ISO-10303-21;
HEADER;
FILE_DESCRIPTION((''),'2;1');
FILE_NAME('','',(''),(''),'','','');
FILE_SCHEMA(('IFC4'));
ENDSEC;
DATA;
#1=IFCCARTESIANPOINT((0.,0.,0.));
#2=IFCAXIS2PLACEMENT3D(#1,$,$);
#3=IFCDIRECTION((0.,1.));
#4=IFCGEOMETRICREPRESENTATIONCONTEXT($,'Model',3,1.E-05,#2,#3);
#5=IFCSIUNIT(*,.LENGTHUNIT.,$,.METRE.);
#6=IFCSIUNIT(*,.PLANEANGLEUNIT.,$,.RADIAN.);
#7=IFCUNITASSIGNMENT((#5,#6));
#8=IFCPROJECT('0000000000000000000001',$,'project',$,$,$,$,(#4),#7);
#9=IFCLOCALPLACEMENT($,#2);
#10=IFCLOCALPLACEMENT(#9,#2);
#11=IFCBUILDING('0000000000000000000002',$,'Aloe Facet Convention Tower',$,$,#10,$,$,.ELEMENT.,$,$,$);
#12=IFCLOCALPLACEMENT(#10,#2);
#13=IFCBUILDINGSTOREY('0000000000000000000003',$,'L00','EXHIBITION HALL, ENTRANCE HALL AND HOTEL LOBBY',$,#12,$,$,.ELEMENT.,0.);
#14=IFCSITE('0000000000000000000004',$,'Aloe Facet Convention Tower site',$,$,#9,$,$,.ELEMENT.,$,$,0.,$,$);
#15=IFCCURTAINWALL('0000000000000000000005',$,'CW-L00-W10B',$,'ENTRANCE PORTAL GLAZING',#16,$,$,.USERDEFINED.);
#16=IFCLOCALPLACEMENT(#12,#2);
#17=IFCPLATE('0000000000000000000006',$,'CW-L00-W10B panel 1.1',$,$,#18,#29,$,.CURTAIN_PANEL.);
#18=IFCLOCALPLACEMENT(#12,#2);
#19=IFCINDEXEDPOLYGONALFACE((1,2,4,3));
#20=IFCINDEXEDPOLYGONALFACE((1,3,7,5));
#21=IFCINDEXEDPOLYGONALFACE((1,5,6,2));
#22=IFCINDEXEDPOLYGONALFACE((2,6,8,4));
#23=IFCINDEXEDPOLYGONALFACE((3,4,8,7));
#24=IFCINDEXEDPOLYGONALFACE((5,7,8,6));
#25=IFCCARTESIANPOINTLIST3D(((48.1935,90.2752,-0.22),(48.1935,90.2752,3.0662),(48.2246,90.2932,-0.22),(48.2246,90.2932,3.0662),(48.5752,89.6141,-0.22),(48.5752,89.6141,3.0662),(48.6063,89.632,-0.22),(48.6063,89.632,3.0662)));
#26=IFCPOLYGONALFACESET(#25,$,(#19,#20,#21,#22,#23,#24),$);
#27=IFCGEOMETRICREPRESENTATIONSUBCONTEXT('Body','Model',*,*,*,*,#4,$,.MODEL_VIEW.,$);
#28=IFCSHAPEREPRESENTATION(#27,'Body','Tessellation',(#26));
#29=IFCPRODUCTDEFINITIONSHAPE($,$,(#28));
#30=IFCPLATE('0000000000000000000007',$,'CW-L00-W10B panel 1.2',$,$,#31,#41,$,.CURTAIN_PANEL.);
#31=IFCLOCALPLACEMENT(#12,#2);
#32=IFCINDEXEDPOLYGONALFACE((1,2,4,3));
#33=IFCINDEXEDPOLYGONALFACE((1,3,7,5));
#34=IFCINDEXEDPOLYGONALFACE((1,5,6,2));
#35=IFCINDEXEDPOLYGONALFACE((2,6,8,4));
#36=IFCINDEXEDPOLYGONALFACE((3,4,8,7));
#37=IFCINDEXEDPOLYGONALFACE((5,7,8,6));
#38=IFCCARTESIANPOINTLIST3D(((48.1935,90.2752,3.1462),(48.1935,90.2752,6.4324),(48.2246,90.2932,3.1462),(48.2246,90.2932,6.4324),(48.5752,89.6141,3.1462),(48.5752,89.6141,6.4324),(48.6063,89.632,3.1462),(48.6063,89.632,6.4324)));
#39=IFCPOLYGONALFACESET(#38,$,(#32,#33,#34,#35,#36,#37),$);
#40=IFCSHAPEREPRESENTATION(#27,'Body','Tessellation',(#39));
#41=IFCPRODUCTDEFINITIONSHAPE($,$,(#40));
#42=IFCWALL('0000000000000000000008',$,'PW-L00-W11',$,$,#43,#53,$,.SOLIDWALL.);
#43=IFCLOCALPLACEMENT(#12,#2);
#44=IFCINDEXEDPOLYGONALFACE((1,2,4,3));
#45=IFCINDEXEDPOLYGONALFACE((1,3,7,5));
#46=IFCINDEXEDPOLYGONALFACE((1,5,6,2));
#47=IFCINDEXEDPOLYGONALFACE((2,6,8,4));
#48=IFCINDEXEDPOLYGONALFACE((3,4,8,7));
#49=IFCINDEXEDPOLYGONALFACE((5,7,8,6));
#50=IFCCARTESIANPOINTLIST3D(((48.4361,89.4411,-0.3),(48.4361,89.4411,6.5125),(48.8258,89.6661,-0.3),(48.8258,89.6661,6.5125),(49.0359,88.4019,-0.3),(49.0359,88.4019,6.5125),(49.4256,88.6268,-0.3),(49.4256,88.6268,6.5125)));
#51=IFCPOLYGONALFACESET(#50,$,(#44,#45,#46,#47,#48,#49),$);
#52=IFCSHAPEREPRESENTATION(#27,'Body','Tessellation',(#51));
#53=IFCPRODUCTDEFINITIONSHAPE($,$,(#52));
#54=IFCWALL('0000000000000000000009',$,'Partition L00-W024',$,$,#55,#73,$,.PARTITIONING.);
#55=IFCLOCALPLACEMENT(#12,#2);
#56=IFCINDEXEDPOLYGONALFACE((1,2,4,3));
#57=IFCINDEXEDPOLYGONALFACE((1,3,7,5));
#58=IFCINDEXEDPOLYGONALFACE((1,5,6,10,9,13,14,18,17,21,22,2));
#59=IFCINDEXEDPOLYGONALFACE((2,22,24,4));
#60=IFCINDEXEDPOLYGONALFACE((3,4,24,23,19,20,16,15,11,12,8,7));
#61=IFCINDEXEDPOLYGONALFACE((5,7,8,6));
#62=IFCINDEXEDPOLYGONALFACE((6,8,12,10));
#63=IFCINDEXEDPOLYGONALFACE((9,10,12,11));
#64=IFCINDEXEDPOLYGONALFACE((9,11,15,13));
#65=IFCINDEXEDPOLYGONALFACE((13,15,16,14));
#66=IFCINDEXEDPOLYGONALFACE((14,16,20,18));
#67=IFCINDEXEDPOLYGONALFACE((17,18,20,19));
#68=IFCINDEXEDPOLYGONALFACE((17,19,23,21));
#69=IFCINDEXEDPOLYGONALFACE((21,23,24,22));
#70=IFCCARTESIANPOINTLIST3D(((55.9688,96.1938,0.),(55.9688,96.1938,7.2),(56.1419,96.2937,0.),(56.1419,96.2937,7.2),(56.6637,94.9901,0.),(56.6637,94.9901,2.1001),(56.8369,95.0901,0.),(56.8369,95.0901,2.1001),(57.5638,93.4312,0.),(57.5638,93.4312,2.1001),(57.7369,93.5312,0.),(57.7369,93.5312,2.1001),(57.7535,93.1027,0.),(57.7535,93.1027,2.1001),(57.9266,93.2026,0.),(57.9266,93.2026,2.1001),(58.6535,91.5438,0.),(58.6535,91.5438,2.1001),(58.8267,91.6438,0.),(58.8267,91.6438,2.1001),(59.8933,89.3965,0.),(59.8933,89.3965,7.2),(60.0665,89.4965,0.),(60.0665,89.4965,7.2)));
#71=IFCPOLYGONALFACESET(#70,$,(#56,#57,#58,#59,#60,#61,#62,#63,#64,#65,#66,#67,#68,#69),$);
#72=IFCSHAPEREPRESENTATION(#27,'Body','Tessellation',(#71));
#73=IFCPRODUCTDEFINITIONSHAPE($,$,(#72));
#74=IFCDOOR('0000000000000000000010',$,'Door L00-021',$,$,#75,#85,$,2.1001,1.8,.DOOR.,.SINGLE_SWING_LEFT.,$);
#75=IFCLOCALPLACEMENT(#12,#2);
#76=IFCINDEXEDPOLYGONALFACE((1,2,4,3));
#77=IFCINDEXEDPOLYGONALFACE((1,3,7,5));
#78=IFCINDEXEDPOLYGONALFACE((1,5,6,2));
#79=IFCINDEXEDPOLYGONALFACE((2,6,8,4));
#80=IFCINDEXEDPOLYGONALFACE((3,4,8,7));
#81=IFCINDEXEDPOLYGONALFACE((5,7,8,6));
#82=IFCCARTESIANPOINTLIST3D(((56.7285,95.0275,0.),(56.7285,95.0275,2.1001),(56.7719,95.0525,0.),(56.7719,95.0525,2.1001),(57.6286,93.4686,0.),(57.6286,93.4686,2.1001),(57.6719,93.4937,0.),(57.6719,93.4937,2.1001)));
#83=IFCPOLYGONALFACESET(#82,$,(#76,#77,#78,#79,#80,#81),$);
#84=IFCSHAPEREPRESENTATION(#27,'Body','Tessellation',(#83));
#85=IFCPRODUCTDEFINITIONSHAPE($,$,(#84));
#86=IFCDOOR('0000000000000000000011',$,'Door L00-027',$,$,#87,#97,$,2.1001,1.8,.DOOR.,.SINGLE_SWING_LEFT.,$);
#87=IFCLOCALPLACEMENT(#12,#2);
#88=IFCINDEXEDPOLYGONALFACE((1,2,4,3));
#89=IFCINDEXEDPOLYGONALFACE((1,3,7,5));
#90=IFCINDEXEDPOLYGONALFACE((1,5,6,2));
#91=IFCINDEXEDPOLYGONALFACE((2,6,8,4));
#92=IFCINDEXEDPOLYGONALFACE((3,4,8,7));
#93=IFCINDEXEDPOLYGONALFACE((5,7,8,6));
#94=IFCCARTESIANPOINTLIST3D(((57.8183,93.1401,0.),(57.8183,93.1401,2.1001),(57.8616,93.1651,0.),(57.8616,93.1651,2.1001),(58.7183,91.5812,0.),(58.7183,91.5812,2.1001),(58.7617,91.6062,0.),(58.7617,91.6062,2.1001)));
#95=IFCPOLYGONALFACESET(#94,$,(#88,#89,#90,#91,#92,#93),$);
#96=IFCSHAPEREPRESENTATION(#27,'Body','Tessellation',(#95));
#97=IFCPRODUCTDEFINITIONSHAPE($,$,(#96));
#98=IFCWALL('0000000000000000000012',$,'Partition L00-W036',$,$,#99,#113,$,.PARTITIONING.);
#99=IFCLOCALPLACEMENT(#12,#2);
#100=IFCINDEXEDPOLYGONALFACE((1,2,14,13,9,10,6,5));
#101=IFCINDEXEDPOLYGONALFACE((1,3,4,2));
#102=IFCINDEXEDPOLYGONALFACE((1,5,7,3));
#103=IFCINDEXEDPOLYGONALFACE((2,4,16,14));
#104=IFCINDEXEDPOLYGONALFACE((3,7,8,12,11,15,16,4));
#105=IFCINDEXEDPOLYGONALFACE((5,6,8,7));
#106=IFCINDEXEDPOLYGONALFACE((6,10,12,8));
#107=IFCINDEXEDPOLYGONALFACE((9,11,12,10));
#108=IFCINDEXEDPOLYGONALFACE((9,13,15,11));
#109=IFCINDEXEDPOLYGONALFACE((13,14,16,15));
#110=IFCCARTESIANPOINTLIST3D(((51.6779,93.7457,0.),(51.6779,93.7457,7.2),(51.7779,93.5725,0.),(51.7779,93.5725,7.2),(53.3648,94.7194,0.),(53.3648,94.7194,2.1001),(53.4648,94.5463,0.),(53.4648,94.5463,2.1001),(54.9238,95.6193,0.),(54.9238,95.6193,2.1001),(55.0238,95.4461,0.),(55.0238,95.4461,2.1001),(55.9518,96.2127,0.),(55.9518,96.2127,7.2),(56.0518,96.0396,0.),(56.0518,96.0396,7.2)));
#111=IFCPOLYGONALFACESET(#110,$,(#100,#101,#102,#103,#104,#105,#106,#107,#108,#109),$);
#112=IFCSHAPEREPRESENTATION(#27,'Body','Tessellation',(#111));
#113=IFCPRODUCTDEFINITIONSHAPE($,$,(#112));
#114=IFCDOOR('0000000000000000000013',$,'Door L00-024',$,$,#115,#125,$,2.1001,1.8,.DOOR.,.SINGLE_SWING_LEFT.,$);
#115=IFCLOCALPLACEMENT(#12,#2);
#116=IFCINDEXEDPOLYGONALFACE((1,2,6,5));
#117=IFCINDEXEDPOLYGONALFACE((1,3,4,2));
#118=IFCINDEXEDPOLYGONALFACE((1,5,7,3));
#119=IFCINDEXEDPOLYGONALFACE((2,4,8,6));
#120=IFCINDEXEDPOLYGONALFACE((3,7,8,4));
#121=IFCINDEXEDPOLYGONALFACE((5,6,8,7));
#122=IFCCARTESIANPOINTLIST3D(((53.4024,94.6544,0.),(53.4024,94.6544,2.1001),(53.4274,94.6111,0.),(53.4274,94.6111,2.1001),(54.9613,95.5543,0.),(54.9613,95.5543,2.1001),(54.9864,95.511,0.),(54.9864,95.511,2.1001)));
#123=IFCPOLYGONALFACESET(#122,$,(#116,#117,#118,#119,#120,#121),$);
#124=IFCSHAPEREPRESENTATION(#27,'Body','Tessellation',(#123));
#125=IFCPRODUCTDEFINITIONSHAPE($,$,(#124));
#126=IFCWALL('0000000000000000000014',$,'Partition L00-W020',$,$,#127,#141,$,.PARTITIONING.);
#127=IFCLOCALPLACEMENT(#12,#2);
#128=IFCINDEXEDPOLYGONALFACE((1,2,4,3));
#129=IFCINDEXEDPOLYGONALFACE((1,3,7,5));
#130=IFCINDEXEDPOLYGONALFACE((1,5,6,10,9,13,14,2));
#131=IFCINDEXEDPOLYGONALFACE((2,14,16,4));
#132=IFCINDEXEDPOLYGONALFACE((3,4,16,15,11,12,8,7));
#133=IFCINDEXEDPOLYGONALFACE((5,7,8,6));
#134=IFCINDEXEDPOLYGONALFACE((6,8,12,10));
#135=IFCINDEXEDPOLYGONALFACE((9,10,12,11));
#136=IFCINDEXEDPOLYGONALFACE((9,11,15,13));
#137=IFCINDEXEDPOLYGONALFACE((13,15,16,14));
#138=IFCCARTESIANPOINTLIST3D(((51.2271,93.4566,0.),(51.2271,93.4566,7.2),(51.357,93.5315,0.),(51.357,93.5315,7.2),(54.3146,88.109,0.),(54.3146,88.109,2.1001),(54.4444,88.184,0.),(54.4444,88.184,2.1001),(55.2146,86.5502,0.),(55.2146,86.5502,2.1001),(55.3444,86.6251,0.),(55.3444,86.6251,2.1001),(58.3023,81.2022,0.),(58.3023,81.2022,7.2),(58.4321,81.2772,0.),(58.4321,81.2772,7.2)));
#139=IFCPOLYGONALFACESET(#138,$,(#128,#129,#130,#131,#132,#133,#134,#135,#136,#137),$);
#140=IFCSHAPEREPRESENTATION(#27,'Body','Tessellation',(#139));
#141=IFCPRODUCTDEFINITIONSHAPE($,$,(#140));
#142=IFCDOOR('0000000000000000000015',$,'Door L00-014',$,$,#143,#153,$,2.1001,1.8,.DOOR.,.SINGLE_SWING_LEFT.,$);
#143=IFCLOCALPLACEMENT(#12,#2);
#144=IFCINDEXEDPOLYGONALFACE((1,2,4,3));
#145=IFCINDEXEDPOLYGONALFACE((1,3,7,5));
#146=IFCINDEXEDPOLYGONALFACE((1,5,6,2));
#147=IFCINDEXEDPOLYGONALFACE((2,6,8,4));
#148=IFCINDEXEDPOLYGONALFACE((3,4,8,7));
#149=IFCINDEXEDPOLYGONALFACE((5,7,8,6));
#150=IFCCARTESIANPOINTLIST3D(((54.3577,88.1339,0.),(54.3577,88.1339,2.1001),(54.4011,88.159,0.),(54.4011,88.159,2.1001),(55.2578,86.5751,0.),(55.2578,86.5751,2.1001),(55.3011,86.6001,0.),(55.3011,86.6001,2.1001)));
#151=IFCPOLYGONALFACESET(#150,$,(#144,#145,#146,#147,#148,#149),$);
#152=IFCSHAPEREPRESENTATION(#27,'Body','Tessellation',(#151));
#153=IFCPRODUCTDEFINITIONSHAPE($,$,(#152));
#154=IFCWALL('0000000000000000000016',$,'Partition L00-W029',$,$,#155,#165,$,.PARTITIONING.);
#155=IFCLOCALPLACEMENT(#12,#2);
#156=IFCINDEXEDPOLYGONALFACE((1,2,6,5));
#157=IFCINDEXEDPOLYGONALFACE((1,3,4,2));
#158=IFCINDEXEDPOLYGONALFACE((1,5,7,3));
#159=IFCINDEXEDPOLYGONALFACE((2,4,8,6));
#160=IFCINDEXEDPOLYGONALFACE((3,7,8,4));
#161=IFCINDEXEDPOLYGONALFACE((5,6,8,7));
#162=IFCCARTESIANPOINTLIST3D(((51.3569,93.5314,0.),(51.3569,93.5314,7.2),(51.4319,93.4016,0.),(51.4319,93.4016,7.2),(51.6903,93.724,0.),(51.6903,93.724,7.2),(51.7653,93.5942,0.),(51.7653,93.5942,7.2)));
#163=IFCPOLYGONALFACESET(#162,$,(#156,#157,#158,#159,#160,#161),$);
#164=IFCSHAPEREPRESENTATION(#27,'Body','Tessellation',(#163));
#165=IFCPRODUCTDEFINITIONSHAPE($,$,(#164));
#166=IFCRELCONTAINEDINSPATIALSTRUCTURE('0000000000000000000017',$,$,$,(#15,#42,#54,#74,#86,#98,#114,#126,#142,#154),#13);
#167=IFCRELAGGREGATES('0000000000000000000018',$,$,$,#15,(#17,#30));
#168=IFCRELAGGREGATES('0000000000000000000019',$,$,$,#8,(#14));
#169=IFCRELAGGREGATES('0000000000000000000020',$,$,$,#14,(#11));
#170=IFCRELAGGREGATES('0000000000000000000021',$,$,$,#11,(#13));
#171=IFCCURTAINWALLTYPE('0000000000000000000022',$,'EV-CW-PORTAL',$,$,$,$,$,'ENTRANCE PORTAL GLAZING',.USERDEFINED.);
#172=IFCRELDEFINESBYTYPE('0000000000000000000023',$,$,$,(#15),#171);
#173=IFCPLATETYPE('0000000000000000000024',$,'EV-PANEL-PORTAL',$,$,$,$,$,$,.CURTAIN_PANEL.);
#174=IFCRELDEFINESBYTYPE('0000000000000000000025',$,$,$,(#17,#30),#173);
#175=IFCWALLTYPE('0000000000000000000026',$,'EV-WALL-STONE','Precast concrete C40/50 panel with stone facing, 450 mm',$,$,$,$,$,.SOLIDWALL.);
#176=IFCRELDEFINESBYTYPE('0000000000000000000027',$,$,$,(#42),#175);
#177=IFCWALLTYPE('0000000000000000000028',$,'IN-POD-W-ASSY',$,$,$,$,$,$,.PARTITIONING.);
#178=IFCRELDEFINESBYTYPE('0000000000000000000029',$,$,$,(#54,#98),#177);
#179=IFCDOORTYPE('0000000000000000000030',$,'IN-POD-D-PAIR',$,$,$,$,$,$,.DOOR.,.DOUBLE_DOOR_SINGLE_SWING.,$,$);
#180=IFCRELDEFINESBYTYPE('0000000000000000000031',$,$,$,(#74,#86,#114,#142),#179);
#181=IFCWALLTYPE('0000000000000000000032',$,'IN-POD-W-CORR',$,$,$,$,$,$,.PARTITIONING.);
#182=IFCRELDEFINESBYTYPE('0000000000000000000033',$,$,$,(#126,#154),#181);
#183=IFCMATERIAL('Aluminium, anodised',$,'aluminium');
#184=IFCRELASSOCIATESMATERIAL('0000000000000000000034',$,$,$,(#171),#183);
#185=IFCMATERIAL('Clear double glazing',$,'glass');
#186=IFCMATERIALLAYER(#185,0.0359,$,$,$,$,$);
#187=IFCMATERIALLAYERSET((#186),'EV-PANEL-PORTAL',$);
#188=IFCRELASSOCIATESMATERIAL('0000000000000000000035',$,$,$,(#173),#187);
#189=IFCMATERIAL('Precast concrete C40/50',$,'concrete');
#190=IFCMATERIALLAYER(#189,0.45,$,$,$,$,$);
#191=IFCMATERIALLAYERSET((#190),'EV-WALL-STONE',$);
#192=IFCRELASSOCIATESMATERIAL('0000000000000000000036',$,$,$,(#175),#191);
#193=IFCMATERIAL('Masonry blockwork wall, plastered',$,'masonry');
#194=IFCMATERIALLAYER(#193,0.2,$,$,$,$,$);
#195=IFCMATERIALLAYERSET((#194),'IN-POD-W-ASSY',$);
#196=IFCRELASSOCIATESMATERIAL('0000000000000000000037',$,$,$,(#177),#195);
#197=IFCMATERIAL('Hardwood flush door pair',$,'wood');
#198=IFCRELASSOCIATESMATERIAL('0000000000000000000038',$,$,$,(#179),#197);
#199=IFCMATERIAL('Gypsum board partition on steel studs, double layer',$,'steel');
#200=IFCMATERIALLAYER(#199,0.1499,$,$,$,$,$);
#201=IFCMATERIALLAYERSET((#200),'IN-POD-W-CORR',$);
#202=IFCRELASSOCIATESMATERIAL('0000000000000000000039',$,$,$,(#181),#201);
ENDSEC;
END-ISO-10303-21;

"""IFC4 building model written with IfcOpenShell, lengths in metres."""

from ifc_helpers import new_model, si_unit, direction, frame, frame_2d, origin, origin_2d, place, context, subcontext, project, spatial, rectangle, extrude, material, layer, layer_set, type_object, element, fill, aggregate, save


model = new_model("IFC4")

# Units and contexts
model_context = context("Model", 3, precision=1e-05, world=origin(), true_north=direction((0.0, 1.0)))
body_context = subcontext(model_context, "Body", "Model", "MODEL_VIEW")
ifc_project = project(units=[si_unit("LENGTHUNIT", "METRE"), si_unit("PLANEANGLEUNIT", "RADIAN")], contexts=[model_context])

# Site, building, storey
site_placement = place(None, origin())
site = spatial("IfcSite", under=ifc_project, at=site_placement, Name="Aloe Facet Convention Tower site", CompositionType="ELEMENT", RefElevation=0.0)
building_placement = place(site_placement, origin())
building = spatial("IfcBuilding", under=site, at=building_placement, Name="Aloe Facet Convention Tower", CompositionType="ELEMENT")
storey_placement = place(building_placement, origin())
storey = spatial("IfcBuildingStorey", under=building, at=storey_placement, Name="L00", Description="EXHIBITION HALL, ENTRANCE HALL AND HOTEL LOBBY", CompositionType="ELEMENT", Elevation=0.0)

# Curtain wall
ifc_material_1 = material(Name="Aluminium, anodised", Category="aluminium")
curtain_wall_type = type_object("IfcCurtainWallType", Name="EV-CW-PORTAL", ElementType="ENTRANCE PORTAL GLAZING", PredefinedType="USERDEFINED", material=ifc_material_1)
curtain_wall_1_placement = place(storey_placement, origin())
curtain_wall_1 = element("IfcCurtainWall", 1, at=curtain_wall_1_placement, inside=storey, type_object=curtain_wall_type, Name="CW-L00-W10B", ObjectType="ENTRANCE PORTAL GLAZING", PredefinedType="USERDEFINED")

# Plates
ifc_material_2 = material(Name="Clear double glazing", Category="glass")
ifc_layer_1 = layer(ifc_material_2, 0.0359)
ifc_layer_set_1 = layer_set([ifc_layer_1], Name="EV-PANEL-PORTAL")
plate_type = type_object("IfcPlateType", Name="EV-PANEL-PORTAL", PredefinedType="CURTAIN_PANEL", material=ifc_layer_set_1)
plate_1_placement = place(storey_placement, frame((48.3999, 89.9536, -0.22), z_axis=(0.0, 0.0, 1.0), x_axis=(0.5, -0.866025, 0.0)))
plate_1 = element("IfcPlate", 2, at=plate_1_placement, type_object=plate_type, Name="CW-L00-W10B panel 1.1", PredefinedType="CURTAIN_PANEL", context=body_context, shape_type="SweptSolid", body=[
    extrude(rectangle(XDim=0.7634, YDim=0.0359, at=origin_2d()), origin(), (0.0, 0.0, 1.0), 3.2861),
])
plate_2_placement = place(storey_placement, frame((48.3999, 89.9536, 3.1462), z_axis=(0.0, 0.0, 1.0), x_axis=(0.5, -0.866025, 0.0)))
plate_2 = element("IfcPlate", 3, at=plate_2_placement, type_object=plate_type, Name="CW-L00-W10B panel 1.2", PredefinedType="CURTAIN_PANEL", context=body_context, shape_type="SweptSolid", body=[
    extrude(rectangle(XDim=0.7634, YDim=0.0359, at=origin_2d()), origin(), (0.0, 0.0, 1.0), 3.2861),
])
aggregate(curtain_wall_1, [plate_1, plate_2])

# Wall
ifc_material_3 = material(Name="Precast concrete C40/50", Category="concrete")
ifc_layer_2 = layer(ifc_material_3, 0.45)
ifc_layer_set_2 = layer_set([ifc_layer_2], Name="EV-WALL-STONE")
wall_type_1 = type_object("IfcWallType", Name="EV-WALL-STONE", Description="Precast concrete C40/50 panel with stone facing, 450 mm", PredefinedType="SOLIDWALL", material=ifc_layer_set_2)
wall_1_placement = place(storey_placement, frame((48.6309, 89.5537, -0.3), z_axis=(0.0, 0.0, 1.0), x_axis=(0.499881, -0.866094, 0.0)))
element("IfcWall", 4, at=wall_1_placement, inside=storey, type_object=wall_type_1, Name="PW-L00-W11", PredefinedType="SOLIDWALL", context=body_context, shape_type="SweptSolid", body=[
    extrude(rectangle(XDim=1.2, YDim=0.45, at=frame_2d((0.6001, 0.0))), origin(), (0.0, 0.0, 1.0), 6.8125),
])

# Wall, openings, doors
ifc_material_4 = material(Name="Masonry blockwork wall, plastered", Category="masonry")
ifc_layer_3 = layer(ifc_material_4, 0.2)
ifc_layer_set_3 = layer_set([ifc_layer_3], Name="IN-POD-W-ASSY")
wall_type_2 = type_object("IfcWallType", Name="IN-POD-W-ASSY", PredefinedType="PARTITIONING", material=ifc_layer_set_3)
wall_2_placement = place(storey_placement, frame((56.0554, 96.2437, 0.0), z_axis=(0.0, 0.0, 1.0), x_axis=(0.50001, -0.86602, 0.0)))
wall_2 = element("IfcWall", 5, at=wall_2_placement, inside=storey, type_object=wall_type_2, Name="Partition L00-W024", PredefinedType="PARTITIONING", context=body_context, shape_type="SweptSolid", body=[
    extrude(rectangle(XDim=7.8489, YDim=0.2, at=frame_2d((3.9243, 0.0))), origin(), (0.0, 0.0, 1.0), 7.2),
])
opening_1_placement = place(wall_2_placement, frame((1.3899, 0.0, 0.0)))
opening_1 = element("IfcOpeningElement", 6, at=opening_1_placement, cuts=wall_2, PredefinedType="OPENING", context=body_context, shape_type="SweptSolid", body=[
    extrude(rectangle(XDim=1.8, YDim=2.1001, at=frame_2d((0.8999, 1.05))), frame((0.0, 0.1099, 0.0), z_axis=(0.0, -1.0, 0.0), x_axis=(1.0, 0.0, 0.0)), (0.0, 0.0, 1.0), 0.22),
])
opening_2_placement = place(wall_2_placement, frame((3.5693, 0.0, 0.0)))
opening_2 = element("IfcOpeningElement", 7, at=opening_2_placement, cuts=wall_2, PredefinedType="OPENING", context=body_context, shape_type="SweptSolid", body=[
    extrude(rectangle(XDim=1.8, YDim=2.1001, at=frame_2d((0.8999, 1.05))), frame((0.0, 0.1099, 0.0), z_axis=(0.0, -1.0, 0.0), x_axis=(1.0, 0.0, 0.0)), (0.0, 0.0, 1.0), 0.22),
])
ifc_material_5 = material(Name="Hardwood flush door pair", Category="wood")
door_type = type_object("IfcDoorType", Name="IN-POD-D-PAIR", OperationType="DOUBLE_DOOR_SINGLE_SWING", PredefinedType="DOOR", material=ifc_material_5)
door_1_placement = place(opening_1_placement, origin())
door_1 = element("IfcDoor", 8, at=door_1_placement, inside=storey, type_object=door_type, Name="Door L00-021", OperationType="SINGLE_SWING_LEFT", OverallHeight=2.1001, OverallWidth=1.8, PredefinedType="DOOR", context=body_context, shape_type="SweptSolid", body=[
    extrude(rectangle(XDim=1.8, YDim=2.1001, at=frame_2d((0.8999, 1.05))), frame((0.0, 0.0249, 0.0), z_axis=(0.0, -1.0, 0.0), x_axis=(1.0, 0.0, 0.0)), (0.0, 0.0, 1.0), 0.05),
])
fill(opening_1, door_1)
door_2_placement = place(opening_2_placement, origin())
door_2 = element("IfcDoor", 9, at=door_2_placement, inside=storey, type_object=door_type, Name="Door L00-027", OperationType="SINGLE_SWING_LEFT", OverallHeight=2.1001, OverallWidth=1.8, PredefinedType="DOOR", context=body_context, shape_type="SweptSolid", body=[
    extrude(rectangle(XDim=1.8, YDim=2.1001, at=frame_2d((0.8999, 1.05))), frame((0.0, 0.0249, 0.0), z_axis=(0.0, -1.0, 0.0), x_axis=(1.0, 0.0, 0.0)), (0.0, 0.0, 1.0), 0.05),
])
fill(opening_2, door_2)

# Walls, openings, doors
wall_3_placement = place(storey_placement, frame((51.728, 93.6592, 0.0), z_axis=(0.0, 0.0, 1.0), x_axis=(0.86607, 0.499922, 0.0)))
wall_3 = element("IfcWall", 10, at=wall_3_placement, inside=storey, type_object=wall_type_2, Name="Partition L00-W036", PredefinedType="PARTITIONING", context=body_context, shape_type="SweptSolid", body=[
    extrude(rectangle(XDim=4.9348, YDim=0.2, at=frame_2d((2.4673, 0.0))), origin(), (0.0, 0.0, 1.0), 7.2),
])
opening_3_placement = place(wall_3_placement, frame((1.9478, 0.0, 0.0)))
opening_3 = element("IfcOpeningElement", 11, at=opening_3_placement, cuts=wall_3, PredefinedType="OPENING", context=body_context, shape_type="SweptSolid", body=[
    extrude(rectangle(XDim=1.8, YDim=2.1001, at=frame_2d((0.8999, 1.05))), frame((0.0, 0.1099, 0.0), z_axis=(0.0, -1.0, 0.0), x_axis=(1.0, 0.0, 0.0)), (0.0, 0.0, 1.0), 0.22),
])
door_3_placement = place(opening_3_placement, origin())
door_3 = element("IfcDoor", 12, at=door_3_placement, inside=storey, type_object=door_type, Name="Door L00-024", OperationType="SINGLE_SWING_LEFT", OverallHeight=2.1001, OverallWidth=1.8, PredefinedType="DOOR", context=body_context, shape_type="SweptSolid", body=[
    extrude(rectangle(XDim=1.8, YDim=2.1001, at=frame_2d((0.8999, 1.05))), frame((0.0, 0.0249, 0.0), z_axis=(0.0, -1.0, 0.0), x_axis=(1.0, 0.0, 0.0)), (0.0, 0.0, 1.0), 0.05),
])
fill(opening_3, door_3)
ifc_material_6 = material(Name="Gypsum board partition on steel studs, double layer", Category="steel")
ifc_layer_4 = layer(ifc_material_6, 0.1499)
ifc_layer_set_4 = layer_set([ifc_layer_4], Name="IN-POD-W-CORR")
wall_type_3 = type_object("IfcWallType", Name="IN-POD-W-CORR", PredefinedType="PARTITIONING", material=ifc_layer_set_4)
wall_4_placement = place(storey_placement, frame((51.292, 93.4941, 0.0), z_axis=(0.0, 0.0, 1.0), x_axis=(0.500006, -0.866022, 0.0)))
wall_4 = element("IfcWall", 13, at=wall_4_placement, inside=storey, type_object=wall_type_3, Name="Partition L00-W020", PredefinedType="PARTITIONING", context=body_context, shape_type="SweptSolid", body=[
    extrude(rectangle(XDim=14.1501, YDim=0.1499, at=frame_2d((7.0752, 0.0))), origin(), (0.0, 0.0, 1.0), 7.2),
])
opening_4_placement = place(wall_4_placement, frame((6.175, 0.0, 0.0)))
opening_4 = element("IfcOpeningElement", 14, at=opening_4_placement, cuts=wall_4, PredefinedType="OPENING", context=body_context, shape_type="SweptSolid", body=[
    extrude(rectangle(XDim=1.8, YDim=2.1001, at=frame_2d((0.8999, 1.05))), frame((0.0, 0.085, 0.0), z_axis=(0.0, -1.0, 0.0), x_axis=(1.0, 0.0, 0.0)), (0.0, 0.0, 1.0), 0.1699),
])
door_4_placement = place(opening_4_placement, origin())
door_4 = element("IfcDoor", 15, at=door_4_placement, inside=storey, type_object=door_type, Name="Door L00-014", OperationType="SINGLE_SWING_LEFT", OverallHeight=2.1001, OverallWidth=1.8, PredefinedType="DOOR", context=body_context, shape_type="SweptSolid", body=[
    extrude(rectangle(XDim=1.8, YDim=2.1001, at=frame_2d((0.8999, 1.05))), frame((0.0, 0.0249, 0.0), z_axis=(0.0, -1.0, 0.0), x_axis=(1.0, 0.0, 0.0)), (0.0, 0.0, 1.0), 0.05),
])
fill(opening_4, door_4)

# Wall
wall_5_placement = place(storey_placement, frame((51.3945, 93.4666, 0.0), z_axis=(0.0, 0.0, 1.0), x_axis=(0.865932, 0.500161, 0.0)))
element("IfcWall", 16, at=wall_5_placement, inside=storey, type_object=wall_type_3, Name="Partition L00-W029", PredefinedType="PARTITIONING", context=body_context, shape_type="SweptSolid", body=[
    extrude(rectangle(XDim=0.385, YDim=0.1499, at=frame_2d((0.1924, 0.0))), origin(), (0.0, 0.0, 1.0), 7.2),
])

save(model, "model.ifc")
